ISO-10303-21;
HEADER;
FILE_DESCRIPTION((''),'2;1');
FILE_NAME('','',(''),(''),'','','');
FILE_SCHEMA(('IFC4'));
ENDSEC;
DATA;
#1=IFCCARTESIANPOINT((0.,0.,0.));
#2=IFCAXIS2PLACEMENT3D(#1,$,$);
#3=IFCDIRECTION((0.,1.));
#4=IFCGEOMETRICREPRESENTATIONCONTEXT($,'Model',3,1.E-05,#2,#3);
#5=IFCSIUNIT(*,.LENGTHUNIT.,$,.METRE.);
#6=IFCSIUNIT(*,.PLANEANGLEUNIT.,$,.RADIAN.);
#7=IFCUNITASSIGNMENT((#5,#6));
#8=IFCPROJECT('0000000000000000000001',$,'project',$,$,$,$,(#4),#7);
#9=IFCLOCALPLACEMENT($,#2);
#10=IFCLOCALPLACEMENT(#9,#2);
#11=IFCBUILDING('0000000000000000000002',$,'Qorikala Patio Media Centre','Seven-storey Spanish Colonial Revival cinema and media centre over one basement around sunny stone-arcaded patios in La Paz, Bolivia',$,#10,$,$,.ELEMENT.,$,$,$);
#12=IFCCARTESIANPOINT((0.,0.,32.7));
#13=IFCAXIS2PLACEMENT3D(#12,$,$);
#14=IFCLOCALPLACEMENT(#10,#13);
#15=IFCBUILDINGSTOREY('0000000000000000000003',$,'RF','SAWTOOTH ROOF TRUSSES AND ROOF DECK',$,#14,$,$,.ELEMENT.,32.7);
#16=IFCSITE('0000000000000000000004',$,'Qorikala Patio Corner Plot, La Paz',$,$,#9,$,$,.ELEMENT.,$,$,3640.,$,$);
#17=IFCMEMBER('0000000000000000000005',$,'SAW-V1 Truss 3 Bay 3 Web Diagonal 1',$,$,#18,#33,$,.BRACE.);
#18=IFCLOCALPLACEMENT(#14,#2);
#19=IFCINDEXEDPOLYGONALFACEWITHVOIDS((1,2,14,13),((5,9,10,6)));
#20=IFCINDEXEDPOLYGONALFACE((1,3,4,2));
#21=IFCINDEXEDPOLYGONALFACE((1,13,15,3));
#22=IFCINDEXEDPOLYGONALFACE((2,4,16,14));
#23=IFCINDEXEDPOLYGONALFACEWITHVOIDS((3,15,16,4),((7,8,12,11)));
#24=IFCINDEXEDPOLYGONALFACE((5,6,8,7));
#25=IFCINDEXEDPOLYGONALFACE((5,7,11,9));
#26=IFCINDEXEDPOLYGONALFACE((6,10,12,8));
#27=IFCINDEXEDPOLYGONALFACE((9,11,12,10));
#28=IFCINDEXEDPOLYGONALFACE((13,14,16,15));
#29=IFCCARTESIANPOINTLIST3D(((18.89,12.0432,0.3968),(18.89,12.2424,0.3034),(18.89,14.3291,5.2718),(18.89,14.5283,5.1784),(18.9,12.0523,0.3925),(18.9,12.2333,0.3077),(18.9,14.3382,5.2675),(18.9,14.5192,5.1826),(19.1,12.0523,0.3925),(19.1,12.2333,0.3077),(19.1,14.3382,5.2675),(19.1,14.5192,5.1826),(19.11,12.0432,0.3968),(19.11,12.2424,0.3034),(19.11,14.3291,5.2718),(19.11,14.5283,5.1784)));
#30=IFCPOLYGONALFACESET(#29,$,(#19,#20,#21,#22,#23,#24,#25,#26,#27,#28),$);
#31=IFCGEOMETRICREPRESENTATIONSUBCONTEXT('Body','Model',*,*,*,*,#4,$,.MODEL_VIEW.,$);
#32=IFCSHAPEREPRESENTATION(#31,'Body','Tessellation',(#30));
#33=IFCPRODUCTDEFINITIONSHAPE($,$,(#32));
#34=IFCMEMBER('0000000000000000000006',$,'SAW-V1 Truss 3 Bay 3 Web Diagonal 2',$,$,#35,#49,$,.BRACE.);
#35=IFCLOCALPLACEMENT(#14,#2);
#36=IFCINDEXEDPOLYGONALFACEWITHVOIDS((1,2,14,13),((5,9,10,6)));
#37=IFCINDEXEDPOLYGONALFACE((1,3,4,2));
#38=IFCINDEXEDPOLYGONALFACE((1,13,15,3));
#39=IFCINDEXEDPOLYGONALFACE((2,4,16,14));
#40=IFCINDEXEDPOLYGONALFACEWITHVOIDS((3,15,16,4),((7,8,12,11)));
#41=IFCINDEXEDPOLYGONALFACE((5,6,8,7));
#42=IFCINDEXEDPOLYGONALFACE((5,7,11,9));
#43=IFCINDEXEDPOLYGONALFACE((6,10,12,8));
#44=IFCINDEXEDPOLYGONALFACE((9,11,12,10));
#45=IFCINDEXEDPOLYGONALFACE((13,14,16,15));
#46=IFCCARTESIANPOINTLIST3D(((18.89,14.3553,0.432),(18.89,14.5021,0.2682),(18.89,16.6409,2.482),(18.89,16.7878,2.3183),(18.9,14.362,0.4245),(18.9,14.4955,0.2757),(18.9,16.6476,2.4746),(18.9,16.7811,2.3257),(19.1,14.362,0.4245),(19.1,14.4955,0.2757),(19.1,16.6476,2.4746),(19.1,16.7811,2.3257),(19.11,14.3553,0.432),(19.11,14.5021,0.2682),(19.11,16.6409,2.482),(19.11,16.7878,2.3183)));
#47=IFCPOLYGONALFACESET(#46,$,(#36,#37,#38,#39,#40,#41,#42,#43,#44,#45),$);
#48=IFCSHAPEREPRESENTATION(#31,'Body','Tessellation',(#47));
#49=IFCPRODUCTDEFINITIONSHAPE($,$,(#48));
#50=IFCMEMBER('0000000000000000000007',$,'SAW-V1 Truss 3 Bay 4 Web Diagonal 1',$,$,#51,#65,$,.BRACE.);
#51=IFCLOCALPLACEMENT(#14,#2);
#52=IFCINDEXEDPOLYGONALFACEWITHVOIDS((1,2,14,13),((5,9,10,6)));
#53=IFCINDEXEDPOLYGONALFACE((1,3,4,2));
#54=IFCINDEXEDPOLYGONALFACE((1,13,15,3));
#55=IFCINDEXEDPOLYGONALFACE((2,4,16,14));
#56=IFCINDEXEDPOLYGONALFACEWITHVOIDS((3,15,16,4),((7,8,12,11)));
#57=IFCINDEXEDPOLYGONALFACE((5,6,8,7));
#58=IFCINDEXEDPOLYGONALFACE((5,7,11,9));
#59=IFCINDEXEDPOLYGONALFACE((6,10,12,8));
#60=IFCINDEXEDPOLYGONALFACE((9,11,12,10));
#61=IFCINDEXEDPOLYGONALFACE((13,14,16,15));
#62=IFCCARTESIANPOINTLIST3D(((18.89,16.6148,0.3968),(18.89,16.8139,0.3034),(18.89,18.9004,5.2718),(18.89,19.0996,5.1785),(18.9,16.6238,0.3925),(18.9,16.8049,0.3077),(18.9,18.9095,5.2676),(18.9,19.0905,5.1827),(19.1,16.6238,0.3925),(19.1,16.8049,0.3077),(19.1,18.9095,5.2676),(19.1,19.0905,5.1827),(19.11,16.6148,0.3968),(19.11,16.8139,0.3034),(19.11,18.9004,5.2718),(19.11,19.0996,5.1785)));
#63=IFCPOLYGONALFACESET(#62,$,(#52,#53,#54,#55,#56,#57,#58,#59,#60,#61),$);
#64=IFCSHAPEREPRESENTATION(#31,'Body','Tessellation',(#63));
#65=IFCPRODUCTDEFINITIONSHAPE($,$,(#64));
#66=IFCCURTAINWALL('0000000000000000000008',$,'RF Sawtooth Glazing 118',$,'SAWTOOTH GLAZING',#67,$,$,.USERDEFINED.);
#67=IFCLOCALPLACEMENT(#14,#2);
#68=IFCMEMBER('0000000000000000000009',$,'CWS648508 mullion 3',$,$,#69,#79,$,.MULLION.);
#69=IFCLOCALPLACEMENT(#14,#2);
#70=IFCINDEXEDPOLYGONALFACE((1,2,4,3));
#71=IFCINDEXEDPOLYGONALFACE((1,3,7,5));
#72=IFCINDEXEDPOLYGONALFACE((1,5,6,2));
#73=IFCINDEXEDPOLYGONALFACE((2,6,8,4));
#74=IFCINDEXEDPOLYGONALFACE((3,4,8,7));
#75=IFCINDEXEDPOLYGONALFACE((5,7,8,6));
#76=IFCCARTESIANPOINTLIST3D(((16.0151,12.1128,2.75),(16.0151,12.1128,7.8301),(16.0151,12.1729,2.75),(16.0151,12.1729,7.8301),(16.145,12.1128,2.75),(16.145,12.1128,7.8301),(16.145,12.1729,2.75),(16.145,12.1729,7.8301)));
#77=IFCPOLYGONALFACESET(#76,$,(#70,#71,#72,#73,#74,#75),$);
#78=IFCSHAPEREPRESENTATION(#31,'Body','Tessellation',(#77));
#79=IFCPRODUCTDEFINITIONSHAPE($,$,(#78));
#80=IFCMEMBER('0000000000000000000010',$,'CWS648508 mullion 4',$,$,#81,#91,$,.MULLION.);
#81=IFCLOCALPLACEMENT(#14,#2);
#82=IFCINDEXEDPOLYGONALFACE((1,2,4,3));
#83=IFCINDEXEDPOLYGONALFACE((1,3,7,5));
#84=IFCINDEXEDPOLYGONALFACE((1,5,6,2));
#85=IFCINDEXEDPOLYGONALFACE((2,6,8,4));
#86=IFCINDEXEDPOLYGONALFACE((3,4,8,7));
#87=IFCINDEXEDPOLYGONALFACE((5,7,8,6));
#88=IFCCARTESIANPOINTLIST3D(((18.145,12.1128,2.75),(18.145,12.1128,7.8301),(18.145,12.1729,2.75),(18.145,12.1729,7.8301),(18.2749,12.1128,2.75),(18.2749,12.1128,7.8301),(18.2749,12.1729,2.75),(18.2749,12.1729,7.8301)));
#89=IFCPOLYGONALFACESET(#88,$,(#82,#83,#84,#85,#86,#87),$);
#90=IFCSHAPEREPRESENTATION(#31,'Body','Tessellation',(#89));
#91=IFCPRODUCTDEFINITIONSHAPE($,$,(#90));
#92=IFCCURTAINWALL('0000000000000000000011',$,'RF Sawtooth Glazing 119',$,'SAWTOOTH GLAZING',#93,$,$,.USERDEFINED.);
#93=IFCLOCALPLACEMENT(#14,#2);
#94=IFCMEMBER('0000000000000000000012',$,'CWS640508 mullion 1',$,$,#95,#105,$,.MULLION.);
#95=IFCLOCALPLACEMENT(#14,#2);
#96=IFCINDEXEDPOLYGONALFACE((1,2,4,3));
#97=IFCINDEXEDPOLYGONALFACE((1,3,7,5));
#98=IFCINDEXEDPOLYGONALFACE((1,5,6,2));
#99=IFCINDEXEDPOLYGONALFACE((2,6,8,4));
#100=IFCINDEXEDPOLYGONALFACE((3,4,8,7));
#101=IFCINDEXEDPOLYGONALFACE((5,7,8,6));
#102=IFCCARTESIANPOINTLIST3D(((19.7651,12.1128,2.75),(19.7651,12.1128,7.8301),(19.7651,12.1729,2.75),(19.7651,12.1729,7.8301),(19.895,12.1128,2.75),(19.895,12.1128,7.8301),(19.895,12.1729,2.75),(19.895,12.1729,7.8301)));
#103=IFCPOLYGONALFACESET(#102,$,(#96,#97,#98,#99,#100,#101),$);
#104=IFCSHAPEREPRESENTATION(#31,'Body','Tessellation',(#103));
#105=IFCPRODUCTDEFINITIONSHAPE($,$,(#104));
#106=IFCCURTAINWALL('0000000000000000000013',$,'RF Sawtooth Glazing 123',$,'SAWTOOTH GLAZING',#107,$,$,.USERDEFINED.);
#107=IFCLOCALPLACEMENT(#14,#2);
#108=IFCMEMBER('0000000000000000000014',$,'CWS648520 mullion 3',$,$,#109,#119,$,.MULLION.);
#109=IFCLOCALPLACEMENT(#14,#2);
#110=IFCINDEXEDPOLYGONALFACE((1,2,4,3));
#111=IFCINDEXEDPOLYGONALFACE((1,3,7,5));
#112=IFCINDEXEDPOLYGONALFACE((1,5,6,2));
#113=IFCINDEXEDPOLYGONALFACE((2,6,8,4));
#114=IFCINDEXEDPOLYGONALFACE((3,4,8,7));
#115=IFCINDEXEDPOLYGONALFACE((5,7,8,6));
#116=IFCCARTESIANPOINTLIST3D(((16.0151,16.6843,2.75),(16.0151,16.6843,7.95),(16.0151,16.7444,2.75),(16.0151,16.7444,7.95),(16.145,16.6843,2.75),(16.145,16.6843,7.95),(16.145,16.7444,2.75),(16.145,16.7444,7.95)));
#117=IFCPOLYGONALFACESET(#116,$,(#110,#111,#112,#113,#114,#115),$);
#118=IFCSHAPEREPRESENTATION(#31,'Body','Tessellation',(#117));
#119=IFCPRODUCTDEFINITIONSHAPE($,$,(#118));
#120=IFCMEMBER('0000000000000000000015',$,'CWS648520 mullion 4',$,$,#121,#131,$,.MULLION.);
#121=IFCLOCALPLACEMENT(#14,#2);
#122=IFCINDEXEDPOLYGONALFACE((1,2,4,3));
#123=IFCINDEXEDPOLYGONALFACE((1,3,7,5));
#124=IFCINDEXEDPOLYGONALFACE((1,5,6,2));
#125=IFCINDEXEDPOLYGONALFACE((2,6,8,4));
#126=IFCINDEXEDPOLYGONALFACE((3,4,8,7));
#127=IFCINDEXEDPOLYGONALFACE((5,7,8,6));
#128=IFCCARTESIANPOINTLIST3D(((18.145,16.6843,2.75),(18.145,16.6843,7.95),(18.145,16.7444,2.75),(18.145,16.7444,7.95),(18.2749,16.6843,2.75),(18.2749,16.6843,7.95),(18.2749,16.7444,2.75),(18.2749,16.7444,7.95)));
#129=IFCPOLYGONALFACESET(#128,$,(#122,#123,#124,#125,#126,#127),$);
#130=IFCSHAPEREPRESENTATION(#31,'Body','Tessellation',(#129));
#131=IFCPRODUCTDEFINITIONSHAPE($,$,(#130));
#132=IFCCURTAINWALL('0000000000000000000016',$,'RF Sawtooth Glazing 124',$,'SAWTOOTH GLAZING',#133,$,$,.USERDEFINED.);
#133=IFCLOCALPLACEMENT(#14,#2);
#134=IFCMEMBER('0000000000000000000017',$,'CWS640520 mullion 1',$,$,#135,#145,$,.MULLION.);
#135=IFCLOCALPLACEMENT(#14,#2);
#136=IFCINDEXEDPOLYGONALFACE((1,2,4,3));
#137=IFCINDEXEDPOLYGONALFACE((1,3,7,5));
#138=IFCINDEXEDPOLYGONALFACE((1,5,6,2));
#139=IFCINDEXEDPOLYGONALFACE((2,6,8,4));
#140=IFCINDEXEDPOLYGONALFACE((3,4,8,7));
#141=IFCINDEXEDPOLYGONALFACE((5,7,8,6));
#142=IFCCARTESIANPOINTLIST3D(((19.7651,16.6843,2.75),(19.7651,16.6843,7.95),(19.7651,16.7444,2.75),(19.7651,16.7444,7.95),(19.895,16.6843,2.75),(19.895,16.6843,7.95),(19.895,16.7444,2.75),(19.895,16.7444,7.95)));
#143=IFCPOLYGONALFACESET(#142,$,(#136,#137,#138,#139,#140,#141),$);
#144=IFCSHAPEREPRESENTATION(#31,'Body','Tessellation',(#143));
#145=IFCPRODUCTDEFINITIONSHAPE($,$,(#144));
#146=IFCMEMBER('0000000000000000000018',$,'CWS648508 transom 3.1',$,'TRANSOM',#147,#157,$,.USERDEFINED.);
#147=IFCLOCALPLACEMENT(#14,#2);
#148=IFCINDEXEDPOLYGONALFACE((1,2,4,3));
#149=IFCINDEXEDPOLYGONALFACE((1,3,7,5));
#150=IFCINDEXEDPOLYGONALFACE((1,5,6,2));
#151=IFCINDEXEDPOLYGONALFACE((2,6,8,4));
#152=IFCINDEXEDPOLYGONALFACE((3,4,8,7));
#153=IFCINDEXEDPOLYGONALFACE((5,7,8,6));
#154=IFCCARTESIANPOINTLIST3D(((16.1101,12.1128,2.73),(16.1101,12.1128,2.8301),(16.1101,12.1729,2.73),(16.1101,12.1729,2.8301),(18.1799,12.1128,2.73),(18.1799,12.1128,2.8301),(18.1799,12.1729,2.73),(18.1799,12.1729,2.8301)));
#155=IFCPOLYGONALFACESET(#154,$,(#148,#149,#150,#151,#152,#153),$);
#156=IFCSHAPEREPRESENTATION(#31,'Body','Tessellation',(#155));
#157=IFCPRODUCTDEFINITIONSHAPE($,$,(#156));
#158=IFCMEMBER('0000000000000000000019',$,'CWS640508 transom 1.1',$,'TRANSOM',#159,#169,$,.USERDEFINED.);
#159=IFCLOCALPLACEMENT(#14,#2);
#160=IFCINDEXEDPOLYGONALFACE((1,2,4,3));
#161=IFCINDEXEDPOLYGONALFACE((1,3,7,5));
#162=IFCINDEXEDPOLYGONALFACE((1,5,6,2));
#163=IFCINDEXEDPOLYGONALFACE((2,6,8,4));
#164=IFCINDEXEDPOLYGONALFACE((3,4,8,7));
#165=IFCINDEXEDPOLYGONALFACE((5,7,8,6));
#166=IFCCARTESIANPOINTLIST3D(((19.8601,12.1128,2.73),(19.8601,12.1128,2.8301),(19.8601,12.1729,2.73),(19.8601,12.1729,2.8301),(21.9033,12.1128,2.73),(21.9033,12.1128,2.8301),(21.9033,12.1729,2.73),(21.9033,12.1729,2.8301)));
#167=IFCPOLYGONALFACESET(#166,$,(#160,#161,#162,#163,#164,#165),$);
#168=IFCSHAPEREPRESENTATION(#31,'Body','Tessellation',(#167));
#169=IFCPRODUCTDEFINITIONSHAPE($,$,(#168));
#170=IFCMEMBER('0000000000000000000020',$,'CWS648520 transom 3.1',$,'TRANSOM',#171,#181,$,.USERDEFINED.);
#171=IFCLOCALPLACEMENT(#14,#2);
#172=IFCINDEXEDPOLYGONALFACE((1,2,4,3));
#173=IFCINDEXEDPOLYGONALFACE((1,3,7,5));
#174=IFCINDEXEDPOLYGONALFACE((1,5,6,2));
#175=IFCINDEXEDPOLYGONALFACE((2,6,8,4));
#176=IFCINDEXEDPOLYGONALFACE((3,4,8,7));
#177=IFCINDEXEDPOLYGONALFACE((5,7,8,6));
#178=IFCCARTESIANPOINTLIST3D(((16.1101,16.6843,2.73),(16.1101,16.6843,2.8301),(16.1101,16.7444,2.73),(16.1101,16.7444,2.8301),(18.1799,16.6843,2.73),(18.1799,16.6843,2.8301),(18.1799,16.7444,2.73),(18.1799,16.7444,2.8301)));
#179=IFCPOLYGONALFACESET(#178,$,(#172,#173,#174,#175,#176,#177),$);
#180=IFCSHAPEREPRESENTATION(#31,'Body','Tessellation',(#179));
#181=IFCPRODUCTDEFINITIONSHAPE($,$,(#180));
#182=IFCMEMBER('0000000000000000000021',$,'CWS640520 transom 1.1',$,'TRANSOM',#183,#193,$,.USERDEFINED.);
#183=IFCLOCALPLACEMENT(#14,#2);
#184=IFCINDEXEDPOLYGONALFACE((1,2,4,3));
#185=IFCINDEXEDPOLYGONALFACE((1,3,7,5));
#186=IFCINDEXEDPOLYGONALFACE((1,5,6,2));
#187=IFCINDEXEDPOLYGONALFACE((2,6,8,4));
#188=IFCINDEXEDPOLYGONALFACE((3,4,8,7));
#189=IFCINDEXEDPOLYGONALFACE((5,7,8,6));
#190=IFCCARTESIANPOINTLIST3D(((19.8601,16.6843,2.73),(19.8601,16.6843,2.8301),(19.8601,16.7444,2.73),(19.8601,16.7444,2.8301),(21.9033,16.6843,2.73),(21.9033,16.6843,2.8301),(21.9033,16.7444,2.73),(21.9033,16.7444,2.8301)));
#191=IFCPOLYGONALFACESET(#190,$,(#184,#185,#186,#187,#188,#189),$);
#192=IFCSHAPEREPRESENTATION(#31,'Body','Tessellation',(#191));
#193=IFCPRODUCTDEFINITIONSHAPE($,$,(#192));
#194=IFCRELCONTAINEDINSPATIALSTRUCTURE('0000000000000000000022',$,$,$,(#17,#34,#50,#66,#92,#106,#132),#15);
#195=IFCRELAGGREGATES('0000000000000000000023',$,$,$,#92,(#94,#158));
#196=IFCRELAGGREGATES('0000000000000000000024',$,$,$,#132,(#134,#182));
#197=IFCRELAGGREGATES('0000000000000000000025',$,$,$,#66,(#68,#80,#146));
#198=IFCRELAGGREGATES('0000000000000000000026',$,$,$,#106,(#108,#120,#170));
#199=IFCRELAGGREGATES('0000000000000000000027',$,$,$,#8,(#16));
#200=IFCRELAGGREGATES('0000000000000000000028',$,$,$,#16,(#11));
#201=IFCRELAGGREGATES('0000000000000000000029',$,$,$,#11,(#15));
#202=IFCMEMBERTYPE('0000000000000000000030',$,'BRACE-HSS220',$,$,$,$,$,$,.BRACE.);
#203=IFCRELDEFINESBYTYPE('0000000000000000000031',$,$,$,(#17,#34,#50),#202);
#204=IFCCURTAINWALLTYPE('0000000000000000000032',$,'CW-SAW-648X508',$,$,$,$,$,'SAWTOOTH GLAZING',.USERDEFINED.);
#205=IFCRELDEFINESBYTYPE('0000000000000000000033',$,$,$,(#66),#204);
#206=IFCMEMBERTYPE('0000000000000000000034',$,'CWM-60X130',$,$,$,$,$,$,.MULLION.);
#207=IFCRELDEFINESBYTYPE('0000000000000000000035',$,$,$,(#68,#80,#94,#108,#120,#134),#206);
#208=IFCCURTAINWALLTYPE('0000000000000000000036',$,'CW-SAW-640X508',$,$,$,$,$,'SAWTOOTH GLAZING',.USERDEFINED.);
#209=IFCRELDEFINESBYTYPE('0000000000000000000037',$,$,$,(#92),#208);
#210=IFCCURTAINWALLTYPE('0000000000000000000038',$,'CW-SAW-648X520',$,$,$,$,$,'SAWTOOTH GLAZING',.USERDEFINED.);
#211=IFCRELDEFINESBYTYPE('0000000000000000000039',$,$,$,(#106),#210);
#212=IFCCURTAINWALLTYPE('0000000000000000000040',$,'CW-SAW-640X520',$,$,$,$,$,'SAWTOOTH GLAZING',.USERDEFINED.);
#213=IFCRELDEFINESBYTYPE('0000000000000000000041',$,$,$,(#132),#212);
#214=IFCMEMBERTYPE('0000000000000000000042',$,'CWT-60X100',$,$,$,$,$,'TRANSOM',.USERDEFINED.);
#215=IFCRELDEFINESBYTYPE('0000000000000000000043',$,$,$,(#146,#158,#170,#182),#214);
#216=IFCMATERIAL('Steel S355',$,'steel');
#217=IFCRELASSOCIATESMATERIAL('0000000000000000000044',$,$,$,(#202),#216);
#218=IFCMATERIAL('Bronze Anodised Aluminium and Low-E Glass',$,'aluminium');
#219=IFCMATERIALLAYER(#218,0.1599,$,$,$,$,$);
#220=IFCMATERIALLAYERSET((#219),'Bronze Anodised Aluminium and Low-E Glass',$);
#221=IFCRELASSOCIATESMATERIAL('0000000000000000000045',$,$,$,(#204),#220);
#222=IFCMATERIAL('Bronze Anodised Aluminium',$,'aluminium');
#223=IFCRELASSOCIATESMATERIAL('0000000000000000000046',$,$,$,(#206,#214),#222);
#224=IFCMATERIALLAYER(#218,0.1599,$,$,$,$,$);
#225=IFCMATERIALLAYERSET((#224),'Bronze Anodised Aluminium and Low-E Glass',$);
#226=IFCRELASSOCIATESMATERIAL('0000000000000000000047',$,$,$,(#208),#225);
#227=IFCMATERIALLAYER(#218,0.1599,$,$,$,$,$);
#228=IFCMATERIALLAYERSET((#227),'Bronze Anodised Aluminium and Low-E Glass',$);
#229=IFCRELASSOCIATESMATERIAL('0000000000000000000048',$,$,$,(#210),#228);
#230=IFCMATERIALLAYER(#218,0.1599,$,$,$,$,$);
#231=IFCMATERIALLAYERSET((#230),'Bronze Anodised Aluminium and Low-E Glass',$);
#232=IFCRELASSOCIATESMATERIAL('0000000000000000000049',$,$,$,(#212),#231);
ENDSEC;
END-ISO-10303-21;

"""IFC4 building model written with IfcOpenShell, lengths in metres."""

from ifc_helpers import new_model, si_unit, direction, frame, origin, origin_2d, place, context, subcontext, project, spatial, rectangle, hollow_rectangle, extrude, material, layer, layer_set, material_profile, profile_set, type_object, element, aggregate, save


model = new_model("IFC4")

# Units and contexts
model_context = context("Model", 3, precision=1e-05, world=origin(), true_north=direction((0.0, 1.0)))
body_context = subcontext(model_context, "Body", "Model", "MODEL_VIEW")
ifc_project = project(units=[si_unit("LENGTHUNIT", "METRE"), si_unit("PLANEANGLEUNIT", "RADIAN")], contexts=[model_context])

# Site, building, storey
site_placement = place(None, origin())
site = spatial("IfcSite", under=ifc_project, at=site_placement, Name="Qorikala Patio Corner Plot, La Paz", CompositionType="ELEMENT", RefElevation=3640.0)
building_placement = place(site_placement, origin())
building = spatial("IfcBuilding", under=site, at=building_placement, Name="Qorikala Patio Media Centre", Description="Seven-storey Spanish Colonial Revival cinema and media centre over one basement around sunny stone-arcaded patios in La Paz, Bolivia", CompositionType="ELEMENT")
storey_placement = place(building_placement, frame((0.0, 0.0, 32.7)))
storey = spatial("IfcBuildingStorey", under=building, at=storey_placement, Name="RF", Description="SAWTOOTH ROOF TRUSSES AND ROOF DECK", CompositionType="ELEMENT", Elevation=32.7)

# Members
ifc_material_1 = material(Name="Steel S355", Category="steel")
ifc_material_profile_1 = material_profile(ifc_material_1, hollow_rectangle(XDim=0.22, YDim=0.22, WallThickness=0.01, at=origin_2d()), Name="HSS220X220X10")
ifc_profile_set_1 = profile_set([ifc_material_profile_1], Name="Steel S355")
member_type_1 = type_object("IfcMemberType", Name="BRACE-HSS220", PredefinedType="BRACE", material=ifc_profile_set_1)
member_1_placement = place(storey_placement, frame((19.0, 12.1428, 0.3501), z_axis=(0.0, 0.424545, 0.905407), x_axis=(-1.0, 0.0, 0.0)))
element("IfcMember", 1, at=member_1_placement, inside=storey, type_object=member_type_1, Name="SAW-V1 Truss 3 Bay 3 Web Diagonal 1", PredefinedType="BRACE", context=body_context, shape_type="SweptSolid", body=[
    extrude(hollow_rectangle(XDim=0.22, YDim=0.22, WallThickness=0.01, at=origin_2d()), origin(), (0.0, 0.0, 1.0), 5.3843),
])
member_2_placement = place(storey_placement, frame((19.0, 14.4287, 0.3501), z_axis=(0.0, 0.744432, 0.667699), x_axis=(-1.0, 0.0, 0.0)))
element("IfcMember", 2, at=member_2_placement, inside=storey, type_object=member_type_1, Name="SAW-V1 Truss 3 Bay 3 Web Diagonal 2", PredefinedType="BRACE", context=body_context, shape_type="SweptSolid", body=[
    extrude(hollow_rectangle(XDim=0.22, YDim=0.22, WallThickness=0.01, at=origin_2d()), origin(), (0.0, 0.0, 1.0), 3.0703),
])
member_3_placement = place(storey_placement, frame((19.0, 16.7144, 0.3501), z_axis=(0.0, 0.424508, 0.905424), x_axis=(-1.0, 0.0, 0.0)))
element("IfcMember", 3, at=member_3_placement, inside=storey, type_object=member_type_1, Name="SAW-V1 Truss 3 Bay 4 Web Diagonal 1", PredefinedType="BRACE", context=body_context, shape_type="SweptSolid", body=[
    extrude(hollow_rectangle(XDim=0.22, YDim=0.22, WallThickness=0.01, at=origin_2d()), origin(), (0.0, 0.0, 1.0), 5.3843),
])

# Curtain wall, members
ifc_material_2 = material(Name="Bronze Anodised Aluminium and Low-E Glass", Category="aluminium")
ifc_layer_1 = layer(ifc_material_2, 0.1599)
ifc_layer_set_1 = layer_set([ifc_layer_1], Name="Bronze Anodised Aluminium and Low-E Glass")
curtain_wall_type_1 = type_object("IfcCurtainWallType", Name="CW-SAW-648X508", ElementType="SAWTOOTH GLAZING", PredefinedType="USERDEFINED", material=ifc_layer_set_1)
curtain_wall_1_placement = place(storey_placement, origin())
curtain_wall_1 = element("IfcCurtainWall", 4, at=curtain_wall_1_placement, inside=storey, type_object=curtain_wall_type_1, Name="RF Sawtooth Glazing 118", ObjectType="SAWTOOTH GLAZING", PredefinedType="USERDEFINED")
ifc_material_3 = material(Name="Bronze Anodised Aluminium", Category="aluminium")
ifc_material_profile_2 = material_profile(ifc_material_3, rectangle(XDim=0.0601, YDim=0.1299, at=origin_2d()), Name="ALU MULLION 60x130")
ifc_profile_set_2 = profile_set([ifc_material_profile_2], Name="Bronze Anodised Aluminium")
member_type_2 = type_object("IfcMemberType", Name="CWM-60X130", PredefinedType="MULLION", material=ifc_profile_set_2)
member_4_placement = place(storey_placement, frame((16.0801, 12.1428, 2.75), z_axis=(0.0, 0.0, 1.0), x_axis=(0.0, 1.0, 0.0)))
member_4 = element("IfcMember", 5, at=member_4_placement, type_object=member_type_2, Name="CWS648508 mullion 3", PredefinedType="MULLION", context=body_context, shape_type="SweptSolid", body=[
    extrude(rectangle(XDim=0.0601, YDim=0.1299, at=origin_2d()), origin(), (0.0, 0.0, 1.0), 5.0801),
])
member_5_placement = place(storey_placement, frame((18.21, 12.1428, 2.75), z_axis=(0.0, 0.0, 1.0), x_axis=(0.0, 1.0, 0.0)))
member_5 = element("IfcMember", 6, at=member_5_placement, type_object=member_type_2, Name="CWS648508 mullion 4", PredefinedType="MULLION", context=body_context, shape_type="SweptSolid", body=[
    extrude(rectangle(XDim=0.0601, YDim=0.1299, at=origin_2d()), origin(), (0.0, 0.0, 1.0), 5.0801),
])

# Curtain wall, member
ifc_layer_2 = layer(ifc_material_2, 0.1599)
ifc_layer_set_2 = layer_set([ifc_layer_2], Name="Bronze Anodised Aluminium and Low-E Glass")
curtain_wall_type_2 = type_object("IfcCurtainWallType", Name="CW-SAW-640X508", ElementType="SAWTOOTH GLAZING", PredefinedType="USERDEFINED", material=ifc_layer_set_2)
curtain_wall_2_placement = place(storey_placement, origin())
curtain_wall_2 = element("IfcCurtainWall", 7, at=curtain_wall_2_placement, inside=storey, type_object=curtain_wall_type_2, Name="RF Sawtooth Glazing 119", ObjectType="SAWTOOTH GLAZING", PredefinedType="USERDEFINED")
member_6_placement = place(storey_placement, frame((19.8301, 12.1428, 2.75), z_axis=(0.0, 0.0, 1.0), x_axis=(0.0, 1.0, 0.0)))
member_6 = element("IfcMember", 8, at=member_6_placement, type_object=member_type_2, Name="CWS640508 mullion 1", PredefinedType="MULLION", context=body_context, shape_type="SweptSolid", body=[
    extrude(rectangle(XDim=0.0601, YDim=0.1299, at=origin_2d()), origin(), (0.0, 0.0, 1.0), 5.0801),
])

# Curtain wall, members
ifc_layer_3 = layer(ifc_material_2, 0.1599)
ifc_layer_set_3 = layer_set([ifc_layer_3], Name="Bronze Anodised Aluminium and Low-E Glass")
curtain_wall_type_3 = type_object("IfcCurtainWallType", Name="CW-SAW-648X520", ElementType="SAWTOOTH GLAZING", PredefinedType="USERDEFINED", material=ifc_layer_set_3)
curtain_wall_3_placement = place(storey_placement, origin())
curtain_wall_3 = element("IfcCurtainWall", 9, at=curtain_wall_3_placement, inside=storey, type_object=curtain_wall_type_3, Name="RF Sawtooth Glazing 123", ObjectType="SAWTOOTH GLAZING", PredefinedType="USERDEFINED")
member_7_placement = place(storey_placement, frame((16.0801, 16.7144, 2.75), z_axis=(0.0, 0.0, 1.0), x_axis=(0.0, 1.0, 0.0)))
member_7 = element("IfcMember", 10, at=member_7_placement, type_object=member_type_2, Name="CWS648520 mullion 3", PredefinedType="MULLION", context=body_context, shape_type="SweptSolid", body=[
    extrude(rectangle(XDim=0.0601, YDim=0.1299, at=origin_2d()), origin(), (0.0, 0.0, 1.0), 5.2),
])
member_8_placement = place(storey_placement, frame((18.21, 16.7144, 2.75), z_axis=(0.0, 0.0, 1.0), x_axis=(0.0, 1.0, 0.0)))
member_8 = element("IfcMember", 11, at=member_8_placement, type_object=member_type_2, Name="CWS648520 mullion 4", PredefinedType="MULLION", context=body_context, shape_type="SweptSolid", body=[
    extrude(rectangle(XDim=0.0601, YDim=0.1299, at=origin_2d()), origin(), (0.0, 0.0, 1.0), 5.2),
])

# Curtain wall, member
ifc_layer_4 = layer(ifc_material_2, 0.1599)
ifc_layer_set_4 = layer_set([ifc_layer_4], Name="Bronze Anodised Aluminium and Low-E Glass")
curtain_wall_type_4 = type_object("IfcCurtainWallType", Name="CW-SAW-640X520", ElementType="SAWTOOTH GLAZING", PredefinedType="USERDEFINED", material=ifc_layer_set_4)
curtain_wall_4_placement = place(storey_placement, origin())
curtain_wall_4 = element("IfcCurtainWall", 12, at=curtain_wall_4_placement, inside=storey, type_object=curtain_wall_type_4, Name="RF Sawtooth Glazing 124", ObjectType="SAWTOOTH GLAZING", PredefinedType="USERDEFINED")
member_9_placement = place(storey_placement, frame((19.8301, 16.7144, 2.75), z_axis=(0.0, 0.0, 1.0), x_axis=(0.0, 1.0, 0.0)))
member_9 = element("IfcMember", 13, at=member_9_placement, type_object=member_type_2, Name="CWS640520 mullion 1", PredefinedType="MULLION", context=body_context, shape_type="SweptSolid", body=[
    extrude(rectangle(XDim=0.0601, YDim=0.1299, at=origin_2d()), origin(), (0.0, 0.0, 1.0), 5.2),
])

# Members
ifc_material_profile_3 = material_profile(ifc_material_3, rectangle(XDim=0.0601, YDim=0.1001, at=origin_2d()), Name="ALU TRANSOM 60x100")
ifc_profile_set_3 = profile_set([ifc_material_profile_3], Name="Bronze Anodised Aluminium")
member_type_3 = type_object("IfcMemberType", Name="CWT-60X100", ElementType="TRANSOM", PredefinedType="USERDEFINED", material=ifc_profile_set_3)
member_10_placement = place(storey_placement, frame((16.1101, 12.1428, 2.78), z_axis=(1.0, 0.0, 0.0), x_axis=(0.0, 1.0, 0.0)))
member_10 = element("IfcMember", 14, at=member_10_placement, type_object=member_type_3, Name="CWS648508 transom 3.1", ObjectType="TRANSOM", PredefinedType="USERDEFINED", context=body_context, shape_type="SweptSolid", body=[
    extrude(rectangle(XDim=0.0601, YDim=0.1001, at=origin_2d()), origin(), (0.0, 0.0, 1.0), 2.0698),
])
member_11_placement = place(storey_placement, frame((19.8601, 12.1428, 2.78), z_axis=(1.0, 0.0, 0.0), x_axis=(0.0, 1.0, 0.0)))
member_11 = element("IfcMember", 15, at=member_11_placement, type_object=member_type_3, Name="CWS640508 transom 1.1", ObjectType="TRANSOM", PredefinedType="USERDEFINED", context=body_context, shape_type="SweptSolid", body=[
    extrude(rectangle(XDim=0.0601, YDim=0.1001, at=origin_2d()), origin(), (0.0, 0.0, 1.0), 2.0432),
])
aggregate(curtain_wall_2, [member_6, member_11])
member_12_placement = place(storey_placement, frame((16.1101, 16.7144, 2.78), z_axis=(1.0, 0.0, 0.0), x_axis=(0.0, 1.0, 0.0)))
member_12 = element("IfcMember", 16, at=member_12_placement, type_object=member_type_3, Name="CWS648520 transom 3.1", ObjectType="TRANSOM", PredefinedType="USERDEFINED", context=body_context, shape_type="SweptSolid", body=[
    extrude(rectangle(XDim=0.0601, YDim=0.1001, at=origin_2d()), origin(), (0.0, 0.0, 1.0), 2.0698),
])
member_13_placement = place(storey_placement, frame((19.8601, 16.7144, 2.78), z_axis=(1.0, 0.0, 0.0), x_axis=(0.0, 1.0, 0.0)))
member_13 = element("IfcMember", 17, at=member_13_placement, type_object=member_type_3, Name="CWS640520 transom 1.1", ObjectType="TRANSOM", PredefinedType="USERDEFINED", context=body_context, shape_type="SweptSolid", body=[
    extrude(rectangle(XDim=0.0601, YDim=0.1001, at=origin_2d()), origin(), (0.0, 0.0, 1.0), 2.0432),
])
aggregate(curtain_wall_4, [member_9, member_13])

aggregate(curtain_wall_1, [member_4, member_5, member_10])
aggregate(curtain_wall_3, [member_7, member_8, member_12])

save(model, "model.ifc")
